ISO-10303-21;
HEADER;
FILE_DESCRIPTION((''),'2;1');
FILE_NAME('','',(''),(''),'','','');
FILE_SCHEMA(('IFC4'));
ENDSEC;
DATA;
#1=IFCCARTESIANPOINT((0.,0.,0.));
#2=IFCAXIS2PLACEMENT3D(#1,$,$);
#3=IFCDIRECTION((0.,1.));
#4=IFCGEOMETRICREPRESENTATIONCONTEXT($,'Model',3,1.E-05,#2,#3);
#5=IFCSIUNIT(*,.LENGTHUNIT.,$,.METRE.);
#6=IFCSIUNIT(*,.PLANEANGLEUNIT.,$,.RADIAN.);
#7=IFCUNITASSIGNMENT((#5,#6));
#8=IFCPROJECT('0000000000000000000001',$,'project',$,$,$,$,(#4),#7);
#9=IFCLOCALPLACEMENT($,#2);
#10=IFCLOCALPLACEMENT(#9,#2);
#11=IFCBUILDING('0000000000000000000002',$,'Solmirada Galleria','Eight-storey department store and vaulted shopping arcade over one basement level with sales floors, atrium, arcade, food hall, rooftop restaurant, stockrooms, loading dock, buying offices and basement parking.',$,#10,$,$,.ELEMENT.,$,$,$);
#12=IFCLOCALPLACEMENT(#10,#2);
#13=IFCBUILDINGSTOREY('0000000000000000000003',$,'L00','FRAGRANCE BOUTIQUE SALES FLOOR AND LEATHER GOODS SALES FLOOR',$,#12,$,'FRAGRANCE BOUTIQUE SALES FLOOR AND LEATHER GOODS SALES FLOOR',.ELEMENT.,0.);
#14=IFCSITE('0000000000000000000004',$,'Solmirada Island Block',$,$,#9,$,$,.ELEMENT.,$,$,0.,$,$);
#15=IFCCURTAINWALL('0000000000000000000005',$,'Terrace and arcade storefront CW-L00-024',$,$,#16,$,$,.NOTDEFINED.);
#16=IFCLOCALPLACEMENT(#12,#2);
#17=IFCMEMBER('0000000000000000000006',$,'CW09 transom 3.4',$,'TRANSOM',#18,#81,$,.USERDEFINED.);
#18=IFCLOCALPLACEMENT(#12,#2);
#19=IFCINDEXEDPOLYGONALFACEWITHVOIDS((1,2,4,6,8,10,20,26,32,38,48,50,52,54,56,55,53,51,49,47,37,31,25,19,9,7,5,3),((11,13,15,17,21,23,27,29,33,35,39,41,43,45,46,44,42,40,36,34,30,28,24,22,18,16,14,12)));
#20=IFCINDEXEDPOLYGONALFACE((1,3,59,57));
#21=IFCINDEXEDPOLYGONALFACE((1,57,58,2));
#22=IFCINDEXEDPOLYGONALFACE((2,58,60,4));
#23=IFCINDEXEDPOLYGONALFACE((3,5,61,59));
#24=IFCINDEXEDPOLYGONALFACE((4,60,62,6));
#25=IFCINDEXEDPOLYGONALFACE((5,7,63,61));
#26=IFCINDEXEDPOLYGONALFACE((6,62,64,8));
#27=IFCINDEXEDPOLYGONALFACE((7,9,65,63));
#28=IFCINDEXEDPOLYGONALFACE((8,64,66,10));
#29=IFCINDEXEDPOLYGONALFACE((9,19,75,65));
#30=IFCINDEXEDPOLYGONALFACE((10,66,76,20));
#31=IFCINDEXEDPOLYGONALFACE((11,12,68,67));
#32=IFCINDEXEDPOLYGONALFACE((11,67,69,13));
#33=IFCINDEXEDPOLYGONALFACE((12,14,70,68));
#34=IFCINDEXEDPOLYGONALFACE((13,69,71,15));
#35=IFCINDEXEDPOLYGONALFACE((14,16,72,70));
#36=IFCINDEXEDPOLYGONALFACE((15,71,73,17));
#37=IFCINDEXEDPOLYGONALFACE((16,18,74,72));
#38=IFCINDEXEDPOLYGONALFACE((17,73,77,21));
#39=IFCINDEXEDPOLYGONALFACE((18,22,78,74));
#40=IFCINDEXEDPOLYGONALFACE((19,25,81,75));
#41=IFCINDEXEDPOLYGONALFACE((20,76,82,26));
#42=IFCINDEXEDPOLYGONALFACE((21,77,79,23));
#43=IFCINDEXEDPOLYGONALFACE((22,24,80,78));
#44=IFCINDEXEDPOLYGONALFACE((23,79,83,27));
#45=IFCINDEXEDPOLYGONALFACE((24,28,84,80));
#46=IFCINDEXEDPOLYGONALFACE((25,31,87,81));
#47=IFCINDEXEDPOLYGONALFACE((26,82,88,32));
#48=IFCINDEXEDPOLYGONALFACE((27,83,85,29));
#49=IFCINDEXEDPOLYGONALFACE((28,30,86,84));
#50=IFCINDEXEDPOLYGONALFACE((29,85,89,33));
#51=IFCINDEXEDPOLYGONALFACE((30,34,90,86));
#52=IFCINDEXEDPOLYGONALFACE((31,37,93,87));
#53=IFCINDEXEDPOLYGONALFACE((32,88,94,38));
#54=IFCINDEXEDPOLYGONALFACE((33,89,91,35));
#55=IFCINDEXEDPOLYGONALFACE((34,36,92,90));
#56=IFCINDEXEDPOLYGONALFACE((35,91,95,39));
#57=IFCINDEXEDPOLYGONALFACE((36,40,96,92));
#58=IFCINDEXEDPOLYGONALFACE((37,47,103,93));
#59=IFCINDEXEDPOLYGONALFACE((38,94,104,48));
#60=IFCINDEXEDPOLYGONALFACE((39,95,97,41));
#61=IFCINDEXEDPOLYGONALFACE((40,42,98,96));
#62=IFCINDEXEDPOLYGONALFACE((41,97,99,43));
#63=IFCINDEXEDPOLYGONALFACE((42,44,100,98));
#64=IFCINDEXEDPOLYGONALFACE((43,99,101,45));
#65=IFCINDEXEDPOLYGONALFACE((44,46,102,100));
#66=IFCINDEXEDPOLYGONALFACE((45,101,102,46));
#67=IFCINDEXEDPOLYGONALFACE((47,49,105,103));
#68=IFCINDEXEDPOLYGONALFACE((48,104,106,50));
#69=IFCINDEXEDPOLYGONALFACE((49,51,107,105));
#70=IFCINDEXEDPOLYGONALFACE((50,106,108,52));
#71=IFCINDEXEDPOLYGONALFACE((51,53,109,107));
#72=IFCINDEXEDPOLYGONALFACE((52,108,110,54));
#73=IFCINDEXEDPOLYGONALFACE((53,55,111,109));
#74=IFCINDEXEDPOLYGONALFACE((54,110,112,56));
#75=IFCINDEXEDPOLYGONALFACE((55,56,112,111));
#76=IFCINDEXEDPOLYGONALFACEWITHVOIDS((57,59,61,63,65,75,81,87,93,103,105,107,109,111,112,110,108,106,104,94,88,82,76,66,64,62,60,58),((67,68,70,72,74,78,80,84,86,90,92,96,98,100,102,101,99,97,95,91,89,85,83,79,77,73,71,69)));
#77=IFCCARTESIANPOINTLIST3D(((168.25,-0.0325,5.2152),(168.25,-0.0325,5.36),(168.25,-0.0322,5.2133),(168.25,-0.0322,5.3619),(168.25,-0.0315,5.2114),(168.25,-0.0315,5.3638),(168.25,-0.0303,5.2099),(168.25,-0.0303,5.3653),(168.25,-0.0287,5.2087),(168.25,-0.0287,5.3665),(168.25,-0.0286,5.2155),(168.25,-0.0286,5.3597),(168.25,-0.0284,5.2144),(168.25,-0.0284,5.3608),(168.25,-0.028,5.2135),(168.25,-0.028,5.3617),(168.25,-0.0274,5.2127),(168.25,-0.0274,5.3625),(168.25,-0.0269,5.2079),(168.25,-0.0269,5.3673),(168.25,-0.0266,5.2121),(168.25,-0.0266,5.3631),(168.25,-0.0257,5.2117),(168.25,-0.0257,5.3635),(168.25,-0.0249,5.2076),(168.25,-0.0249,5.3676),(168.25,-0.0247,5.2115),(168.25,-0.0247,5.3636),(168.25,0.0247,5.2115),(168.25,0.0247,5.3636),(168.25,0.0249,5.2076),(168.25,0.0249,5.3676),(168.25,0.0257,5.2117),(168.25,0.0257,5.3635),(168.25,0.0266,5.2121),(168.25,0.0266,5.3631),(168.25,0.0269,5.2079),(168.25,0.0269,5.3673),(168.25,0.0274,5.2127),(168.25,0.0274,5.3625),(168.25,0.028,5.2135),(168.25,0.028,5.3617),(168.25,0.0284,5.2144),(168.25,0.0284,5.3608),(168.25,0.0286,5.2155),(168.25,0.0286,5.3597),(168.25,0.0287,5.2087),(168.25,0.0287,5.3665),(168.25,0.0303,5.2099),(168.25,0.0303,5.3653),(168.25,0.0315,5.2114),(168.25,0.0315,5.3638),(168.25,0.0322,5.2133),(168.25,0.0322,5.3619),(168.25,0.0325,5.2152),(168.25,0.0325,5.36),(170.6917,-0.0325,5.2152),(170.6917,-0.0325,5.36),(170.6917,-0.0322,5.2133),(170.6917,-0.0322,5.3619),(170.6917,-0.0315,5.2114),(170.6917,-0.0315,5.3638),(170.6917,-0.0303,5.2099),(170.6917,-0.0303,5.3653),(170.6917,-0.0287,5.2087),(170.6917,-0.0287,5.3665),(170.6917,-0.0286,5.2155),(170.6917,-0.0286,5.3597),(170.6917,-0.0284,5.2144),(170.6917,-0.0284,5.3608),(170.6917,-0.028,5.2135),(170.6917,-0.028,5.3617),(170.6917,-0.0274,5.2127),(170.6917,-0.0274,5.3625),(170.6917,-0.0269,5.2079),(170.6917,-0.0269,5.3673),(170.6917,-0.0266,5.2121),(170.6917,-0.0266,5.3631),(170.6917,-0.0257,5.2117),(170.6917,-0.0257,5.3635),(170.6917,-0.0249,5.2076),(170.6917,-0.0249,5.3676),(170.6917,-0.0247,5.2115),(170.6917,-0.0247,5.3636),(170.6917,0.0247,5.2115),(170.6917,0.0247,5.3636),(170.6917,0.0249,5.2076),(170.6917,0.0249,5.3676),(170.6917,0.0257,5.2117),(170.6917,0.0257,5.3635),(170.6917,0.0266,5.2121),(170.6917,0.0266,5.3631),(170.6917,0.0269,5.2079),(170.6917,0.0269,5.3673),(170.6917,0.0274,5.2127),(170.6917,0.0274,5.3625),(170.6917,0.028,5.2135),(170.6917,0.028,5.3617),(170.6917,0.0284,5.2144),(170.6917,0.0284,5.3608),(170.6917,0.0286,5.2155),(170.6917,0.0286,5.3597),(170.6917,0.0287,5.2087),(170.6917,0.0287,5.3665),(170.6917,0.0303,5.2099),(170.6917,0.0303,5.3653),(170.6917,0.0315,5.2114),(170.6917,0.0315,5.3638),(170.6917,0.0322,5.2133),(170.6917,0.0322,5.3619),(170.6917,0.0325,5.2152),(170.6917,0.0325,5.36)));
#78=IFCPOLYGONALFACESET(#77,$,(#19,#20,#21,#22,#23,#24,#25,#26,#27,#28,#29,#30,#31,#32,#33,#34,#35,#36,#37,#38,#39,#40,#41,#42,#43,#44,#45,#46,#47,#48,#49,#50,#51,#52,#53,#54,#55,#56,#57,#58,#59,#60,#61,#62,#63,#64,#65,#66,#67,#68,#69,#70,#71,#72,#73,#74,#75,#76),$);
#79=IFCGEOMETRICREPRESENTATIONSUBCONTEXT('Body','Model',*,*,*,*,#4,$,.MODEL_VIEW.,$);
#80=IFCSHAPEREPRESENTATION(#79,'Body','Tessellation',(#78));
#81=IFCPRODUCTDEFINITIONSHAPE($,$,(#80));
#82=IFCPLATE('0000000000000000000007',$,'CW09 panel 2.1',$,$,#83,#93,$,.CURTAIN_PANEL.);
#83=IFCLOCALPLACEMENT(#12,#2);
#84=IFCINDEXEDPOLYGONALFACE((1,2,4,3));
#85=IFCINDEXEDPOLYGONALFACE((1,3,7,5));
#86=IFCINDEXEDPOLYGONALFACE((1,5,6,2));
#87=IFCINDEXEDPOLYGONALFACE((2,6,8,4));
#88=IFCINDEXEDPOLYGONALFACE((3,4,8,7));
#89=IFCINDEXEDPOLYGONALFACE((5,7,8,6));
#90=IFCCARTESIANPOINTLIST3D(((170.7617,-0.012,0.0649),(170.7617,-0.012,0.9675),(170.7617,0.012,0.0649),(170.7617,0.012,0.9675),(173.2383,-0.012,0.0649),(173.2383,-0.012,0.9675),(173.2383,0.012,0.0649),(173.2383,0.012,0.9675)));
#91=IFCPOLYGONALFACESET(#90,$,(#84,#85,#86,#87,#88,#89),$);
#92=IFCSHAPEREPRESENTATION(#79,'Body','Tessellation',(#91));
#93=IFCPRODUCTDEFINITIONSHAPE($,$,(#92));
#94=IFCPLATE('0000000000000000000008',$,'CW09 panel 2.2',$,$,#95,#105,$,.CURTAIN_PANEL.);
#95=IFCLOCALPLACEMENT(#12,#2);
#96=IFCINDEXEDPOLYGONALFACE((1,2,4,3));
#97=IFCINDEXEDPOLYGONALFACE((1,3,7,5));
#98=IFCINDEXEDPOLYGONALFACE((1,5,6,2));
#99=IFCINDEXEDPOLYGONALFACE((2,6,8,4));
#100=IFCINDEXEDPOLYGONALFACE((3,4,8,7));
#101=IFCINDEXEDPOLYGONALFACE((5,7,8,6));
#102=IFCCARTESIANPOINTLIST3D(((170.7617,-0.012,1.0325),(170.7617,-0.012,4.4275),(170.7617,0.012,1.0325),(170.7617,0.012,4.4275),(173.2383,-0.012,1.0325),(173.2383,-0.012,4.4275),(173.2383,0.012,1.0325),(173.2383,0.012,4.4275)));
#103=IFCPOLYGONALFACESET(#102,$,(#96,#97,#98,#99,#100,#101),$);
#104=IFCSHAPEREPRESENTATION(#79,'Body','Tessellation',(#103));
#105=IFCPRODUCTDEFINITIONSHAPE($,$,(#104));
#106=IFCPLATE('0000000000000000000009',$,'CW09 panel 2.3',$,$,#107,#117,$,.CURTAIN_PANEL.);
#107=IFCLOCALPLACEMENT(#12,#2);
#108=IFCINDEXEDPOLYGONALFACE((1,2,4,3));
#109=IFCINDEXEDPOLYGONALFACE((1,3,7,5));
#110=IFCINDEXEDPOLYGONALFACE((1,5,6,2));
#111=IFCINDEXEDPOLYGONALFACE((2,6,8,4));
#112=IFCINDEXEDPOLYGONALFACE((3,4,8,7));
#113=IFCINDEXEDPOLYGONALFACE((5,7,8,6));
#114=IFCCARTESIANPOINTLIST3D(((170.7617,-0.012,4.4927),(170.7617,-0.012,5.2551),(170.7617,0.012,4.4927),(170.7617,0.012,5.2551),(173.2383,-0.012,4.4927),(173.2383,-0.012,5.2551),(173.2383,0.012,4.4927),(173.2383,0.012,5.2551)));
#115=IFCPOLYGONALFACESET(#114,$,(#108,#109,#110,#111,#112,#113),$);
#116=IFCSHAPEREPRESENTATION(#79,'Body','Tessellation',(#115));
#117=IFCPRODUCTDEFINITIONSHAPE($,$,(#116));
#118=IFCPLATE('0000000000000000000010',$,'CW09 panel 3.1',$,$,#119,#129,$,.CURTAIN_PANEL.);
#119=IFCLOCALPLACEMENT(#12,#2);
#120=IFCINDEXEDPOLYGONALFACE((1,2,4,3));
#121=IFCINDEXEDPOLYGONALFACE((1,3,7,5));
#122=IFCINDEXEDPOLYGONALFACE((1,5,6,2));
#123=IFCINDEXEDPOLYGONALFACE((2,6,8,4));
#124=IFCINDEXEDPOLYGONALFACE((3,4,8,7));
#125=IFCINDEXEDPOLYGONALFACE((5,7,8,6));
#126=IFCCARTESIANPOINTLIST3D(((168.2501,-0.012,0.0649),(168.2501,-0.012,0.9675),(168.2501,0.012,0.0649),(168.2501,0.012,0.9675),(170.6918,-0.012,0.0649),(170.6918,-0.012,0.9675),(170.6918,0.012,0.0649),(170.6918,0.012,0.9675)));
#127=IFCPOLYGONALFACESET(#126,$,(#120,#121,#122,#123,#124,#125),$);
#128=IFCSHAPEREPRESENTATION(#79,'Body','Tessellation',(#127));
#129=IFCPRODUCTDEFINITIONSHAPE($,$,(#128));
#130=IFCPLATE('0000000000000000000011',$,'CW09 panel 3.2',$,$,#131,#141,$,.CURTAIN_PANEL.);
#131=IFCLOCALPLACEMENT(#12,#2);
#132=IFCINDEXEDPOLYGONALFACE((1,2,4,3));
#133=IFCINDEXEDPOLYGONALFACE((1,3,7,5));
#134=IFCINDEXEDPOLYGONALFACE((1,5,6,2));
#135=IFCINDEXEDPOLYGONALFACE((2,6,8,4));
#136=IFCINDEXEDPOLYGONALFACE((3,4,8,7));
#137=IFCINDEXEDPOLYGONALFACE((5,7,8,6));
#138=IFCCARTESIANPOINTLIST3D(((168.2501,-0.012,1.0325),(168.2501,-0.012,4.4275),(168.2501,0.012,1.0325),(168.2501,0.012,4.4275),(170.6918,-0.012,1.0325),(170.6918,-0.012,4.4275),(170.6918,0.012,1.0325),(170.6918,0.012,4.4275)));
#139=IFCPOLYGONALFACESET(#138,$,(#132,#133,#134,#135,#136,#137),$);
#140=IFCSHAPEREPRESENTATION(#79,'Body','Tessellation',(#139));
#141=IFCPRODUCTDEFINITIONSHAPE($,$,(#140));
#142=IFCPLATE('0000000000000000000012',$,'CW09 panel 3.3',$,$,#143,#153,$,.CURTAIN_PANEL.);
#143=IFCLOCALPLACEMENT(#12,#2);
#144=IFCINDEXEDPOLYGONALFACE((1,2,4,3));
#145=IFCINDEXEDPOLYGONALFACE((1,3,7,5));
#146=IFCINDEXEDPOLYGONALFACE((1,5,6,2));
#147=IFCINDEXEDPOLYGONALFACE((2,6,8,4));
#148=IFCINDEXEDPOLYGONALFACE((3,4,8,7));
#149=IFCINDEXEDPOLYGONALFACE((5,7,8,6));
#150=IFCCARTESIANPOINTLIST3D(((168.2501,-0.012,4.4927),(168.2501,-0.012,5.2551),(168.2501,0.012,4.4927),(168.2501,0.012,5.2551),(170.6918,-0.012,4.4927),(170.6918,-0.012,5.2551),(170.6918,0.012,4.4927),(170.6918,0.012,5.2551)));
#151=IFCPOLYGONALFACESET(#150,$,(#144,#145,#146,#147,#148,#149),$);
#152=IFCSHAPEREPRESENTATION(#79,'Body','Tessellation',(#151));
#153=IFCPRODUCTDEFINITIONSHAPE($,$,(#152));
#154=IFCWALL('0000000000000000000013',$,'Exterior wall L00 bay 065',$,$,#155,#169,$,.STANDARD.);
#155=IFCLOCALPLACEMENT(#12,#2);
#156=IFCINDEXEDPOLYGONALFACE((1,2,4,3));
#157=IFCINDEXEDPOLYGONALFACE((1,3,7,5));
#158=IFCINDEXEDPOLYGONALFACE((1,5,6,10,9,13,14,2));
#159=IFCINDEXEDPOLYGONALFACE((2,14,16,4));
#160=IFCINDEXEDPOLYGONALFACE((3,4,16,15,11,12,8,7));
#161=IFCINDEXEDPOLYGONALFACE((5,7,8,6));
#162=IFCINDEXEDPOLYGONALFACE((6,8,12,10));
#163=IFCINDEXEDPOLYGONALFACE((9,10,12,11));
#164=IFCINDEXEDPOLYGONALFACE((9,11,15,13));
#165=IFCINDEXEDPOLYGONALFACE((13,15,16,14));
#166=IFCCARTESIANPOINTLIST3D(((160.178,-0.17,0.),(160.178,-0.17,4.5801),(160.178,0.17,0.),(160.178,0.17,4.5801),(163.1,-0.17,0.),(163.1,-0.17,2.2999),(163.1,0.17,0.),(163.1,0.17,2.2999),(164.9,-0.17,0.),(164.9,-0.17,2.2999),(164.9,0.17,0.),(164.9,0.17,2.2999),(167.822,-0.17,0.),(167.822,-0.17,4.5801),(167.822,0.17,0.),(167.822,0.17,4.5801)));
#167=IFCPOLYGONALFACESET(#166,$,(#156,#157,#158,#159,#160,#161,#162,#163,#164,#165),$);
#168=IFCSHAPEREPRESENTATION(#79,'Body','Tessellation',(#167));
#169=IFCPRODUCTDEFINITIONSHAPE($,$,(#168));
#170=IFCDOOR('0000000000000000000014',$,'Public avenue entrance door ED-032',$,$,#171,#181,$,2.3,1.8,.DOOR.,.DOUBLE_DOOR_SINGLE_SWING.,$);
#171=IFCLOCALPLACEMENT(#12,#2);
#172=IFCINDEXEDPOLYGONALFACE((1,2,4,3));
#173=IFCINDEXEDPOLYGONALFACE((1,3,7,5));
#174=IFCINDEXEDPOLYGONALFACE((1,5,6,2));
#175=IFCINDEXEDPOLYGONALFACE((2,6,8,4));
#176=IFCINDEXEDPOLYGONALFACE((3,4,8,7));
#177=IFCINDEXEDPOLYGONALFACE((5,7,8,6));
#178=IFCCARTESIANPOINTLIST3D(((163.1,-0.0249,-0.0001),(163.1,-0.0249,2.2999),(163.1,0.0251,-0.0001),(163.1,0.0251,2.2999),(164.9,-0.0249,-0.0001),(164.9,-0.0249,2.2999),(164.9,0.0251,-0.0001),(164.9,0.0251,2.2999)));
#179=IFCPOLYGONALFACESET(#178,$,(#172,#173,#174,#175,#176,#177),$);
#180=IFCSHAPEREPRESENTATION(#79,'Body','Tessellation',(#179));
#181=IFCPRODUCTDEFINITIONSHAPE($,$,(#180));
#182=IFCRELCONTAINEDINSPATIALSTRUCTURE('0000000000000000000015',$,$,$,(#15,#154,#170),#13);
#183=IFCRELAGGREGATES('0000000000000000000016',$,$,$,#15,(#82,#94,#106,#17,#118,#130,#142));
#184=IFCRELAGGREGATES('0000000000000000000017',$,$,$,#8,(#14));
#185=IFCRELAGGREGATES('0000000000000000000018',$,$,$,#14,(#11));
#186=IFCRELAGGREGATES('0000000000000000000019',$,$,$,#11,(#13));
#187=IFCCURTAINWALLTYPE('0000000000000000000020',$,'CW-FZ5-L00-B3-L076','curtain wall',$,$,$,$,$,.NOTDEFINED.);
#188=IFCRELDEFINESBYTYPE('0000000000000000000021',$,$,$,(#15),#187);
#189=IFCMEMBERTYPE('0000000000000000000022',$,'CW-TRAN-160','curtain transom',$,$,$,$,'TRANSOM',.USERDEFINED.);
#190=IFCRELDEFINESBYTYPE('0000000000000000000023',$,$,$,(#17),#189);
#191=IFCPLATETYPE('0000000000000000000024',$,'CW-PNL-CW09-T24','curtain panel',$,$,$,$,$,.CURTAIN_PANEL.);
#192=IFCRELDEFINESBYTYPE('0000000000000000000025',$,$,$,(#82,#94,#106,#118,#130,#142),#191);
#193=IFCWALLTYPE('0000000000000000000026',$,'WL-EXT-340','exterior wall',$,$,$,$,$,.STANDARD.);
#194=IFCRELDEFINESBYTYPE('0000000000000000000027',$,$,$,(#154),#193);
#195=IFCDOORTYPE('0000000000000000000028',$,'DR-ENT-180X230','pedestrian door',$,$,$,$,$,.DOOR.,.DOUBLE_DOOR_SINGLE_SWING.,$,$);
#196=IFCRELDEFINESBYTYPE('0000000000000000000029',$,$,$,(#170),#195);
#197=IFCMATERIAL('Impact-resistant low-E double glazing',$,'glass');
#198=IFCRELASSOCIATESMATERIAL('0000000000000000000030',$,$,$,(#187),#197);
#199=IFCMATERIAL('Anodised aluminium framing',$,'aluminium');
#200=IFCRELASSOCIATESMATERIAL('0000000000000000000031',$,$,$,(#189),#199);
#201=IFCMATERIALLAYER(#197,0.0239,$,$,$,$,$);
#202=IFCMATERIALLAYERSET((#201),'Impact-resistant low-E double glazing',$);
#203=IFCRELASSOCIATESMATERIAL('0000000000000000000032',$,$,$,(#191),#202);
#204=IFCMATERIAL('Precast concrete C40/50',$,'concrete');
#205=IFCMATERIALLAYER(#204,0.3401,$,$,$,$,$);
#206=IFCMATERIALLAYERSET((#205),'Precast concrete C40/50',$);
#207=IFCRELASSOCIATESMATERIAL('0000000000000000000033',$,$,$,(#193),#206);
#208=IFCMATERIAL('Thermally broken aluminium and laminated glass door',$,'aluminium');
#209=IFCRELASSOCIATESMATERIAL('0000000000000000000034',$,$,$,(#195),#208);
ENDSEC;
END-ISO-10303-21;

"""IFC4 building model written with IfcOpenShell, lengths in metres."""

from ifc_helpers import new_model, si_unit, direction, frame, frame_2d, origin, origin_2d, place, context, subcontext, project, spatial, rectangle, hollow_rectangle, extrude, material, layer, layer_set, material_profile, profile_set, type_object, element, fill, aggregate, save


model = new_model("IFC4")

# Units and contexts
model_context = context("Model", 3, precision=1e-05, world=origin(), true_north=direction((0.0, 1.0)))
body_context = subcontext(model_context, "Body", "Model", "MODEL_VIEW")
ifc_project = project(units=[si_unit("LENGTHUNIT", "METRE"), si_unit("PLANEANGLEUNIT", "RADIAN")], contexts=[model_context])

# Site, building, storey
site_placement = place(None, origin())
site = spatial("IfcSite", under=ifc_project, at=site_placement, Name="Solmirada Island Block", CompositionType="ELEMENT", RefElevation=0.0)
building_placement = place(site_placement, origin())
building = spatial("IfcBuilding", under=site, at=building_placement, Name="Solmirada Galleria", Description="Eight-storey department store and vaulted shopping arcade over one basement level with sales floors, atrium, arcade, food hall, rooftop restaurant, stockrooms, loading dock, buying offices and basement parking.", CompositionType="ELEMENT")
storey_placement = place(building_placement, origin())
storey = spatial("IfcBuildingStorey", under=building, at=storey_placement, Name="L00", Description="FRAGRANCE BOUTIQUE SALES FLOOR AND LEATHER GOODS SALES FLOOR", LongName="FRAGRANCE BOUTIQUE SALES FLOOR AND LEATHER GOODS SALES FLOOR", CompositionType="ELEMENT", Elevation=0.0)

# Curtain wall
ifc_material_1 = material(Name="Impact-resistant low-E double glazing", Category="glass")
curtain_wall_type = type_object("IfcCurtainWallType", Name="CW-FZ5-L00-B3-L076", Description="curtain wall", PredefinedType="NOTDEFINED", material=ifc_material_1)
curtain_wall_1_placement = place(storey_placement, origin())
curtain_wall_1 = element("IfcCurtainWall", 1, at=curtain_wall_1_placement, inside=storey, type_object=curtain_wall_type, Name="Terrace and arcade storefront CW-L00-024", PredefinedType="NOTDEFINED")
ifc_material_2 = material(Name="Anodised aluminium framing", Category="aluminium")

# Member
ifc_material_profile_1 = material_profile(ifc_material_2, hollow_rectangle(XDim=0.0649, YDim=0.1599, WallThickness=0.0039, InnerFilletRadius=0.0039, OuterFilletRadius=0.0076, at=origin_2d()), Name="ALU-TRAN-160X65")
ifc_profile_set_1 = profile_set([ifc_material_profile_1], Name="Anodised aluminium framing")
member_type_1 = type_object("IfcMemberType", Name="CW-TRAN-160", Description="curtain transom", ElementType="TRANSOM", PredefinedType="USERDEFINED", material=ifc_profile_set_1)
member_1_placement = place(storey_placement, frame((170.6917, 0.0, 5.2876), z_axis=(-1.0, 0.0, 0.0), x_axis=(0.0, -1.0, 0.0)))
member_1 = element("IfcMember", 2, at=member_1_placement, type_object=member_type_1, Name="CW09 transom 3.4", ObjectType="TRANSOM", PredefinedType="USERDEFINED", context=body_context, shape_type="SweptSolid", body=[
    extrude(hollow_rectangle(XDim=0.0649, YDim=0.1599, WallThickness=0.0039, InnerFilletRadius=0.0039, OuterFilletRadius=0.0076, at=origin_2d()), origin(), (0.0, 0.0, 1.0), 2.4417),
])

# Plates
ifc_layer_1 = layer(ifc_material_1, 0.0239)
ifc_layer_set_1 = layer_set([ifc_layer_1], Name="Impact-resistant low-E double glazing")
plate_type = type_object("IfcPlateType", Name="CW-PNL-CW09-T24", Description="curtain panel", PredefinedType="CURTAIN_PANEL", material=ifc_layer_set_1)
plate_1_placement = place(storey_placement, frame((172.0, 0.0, 0.0649), z_axis=(0.0, 0.0, 1.0), x_axis=(-1.0, 0.0, 0.0)))
plate_1 = element("IfcPlate", 3, at=plate_1_placement, type_object=plate_type, Name="CW09 panel 2.1", PredefinedType="CURTAIN_PANEL", context=body_context, shape_type="SweptSolid", body=[
    extrude(rectangle(XDim=2.4766, YDim=0.0239, at=origin_2d()), origin(), (0.0, 0.0, 1.0), 0.9026),
])
plate_2_placement = place(storey_placement, frame((172.0, 0.0, 1.0325), z_axis=(0.0, 0.0, 1.0), x_axis=(-1.0, 0.0, 0.0)))
plate_2 = element("IfcPlate", 4, at=plate_2_placement, type_object=plate_type, Name="CW09 panel 2.2", PredefinedType="CURTAIN_PANEL", context=body_context, shape_type="SweptSolid", body=[
    extrude(rectangle(XDim=2.4766, YDim=0.0239, at=origin_2d()), origin(), (0.0, 0.0, 1.0), 3.395),
])
plate_3_placement = place(storey_placement, frame((172.0, 0.0, 4.4927), z_axis=(0.0, 0.0, 1.0), x_axis=(-1.0, 0.0, 0.0)))
plate_3 = element("IfcPlate", 5, at=plate_3_placement, type_object=plate_type, Name="CW09 panel 2.3", PredefinedType="CURTAIN_PANEL", context=body_context, shape_type="SweptSolid", body=[
    extrude(rectangle(XDim=2.4766, YDim=0.0239, at=origin_2d()), origin(), (0.0, 0.0, 1.0), 0.7625),
])
plate_4_placement = place(storey_placement, frame((169.4709, 0.0, 0.0649), z_axis=(0.0, 0.0, 1.0), x_axis=(-1.0, 0.0, 0.0)))
plate_4 = element("IfcPlate", 6, at=plate_4_placement, type_object=plate_type, Name="CW09 panel 3.1", PredefinedType="CURTAIN_PANEL", context=body_context, shape_type="SweptSolid", body=[
    extrude(rectangle(XDim=2.4417, YDim=0.0239, at=origin_2d()), origin(), (0.0, 0.0, 1.0), 0.9026),
])
plate_5_placement = place(storey_placement, frame((169.4709, 0.0, 1.0325), z_axis=(0.0, 0.0, 1.0), x_axis=(-1.0, 0.0, 0.0)))
plate_5 = element("IfcPlate", 7, at=plate_5_placement, type_object=plate_type, Name="CW09 panel 3.2", PredefinedType="CURTAIN_PANEL", context=body_context, shape_type="SweptSolid", body=[
    extrude(rectangle(XDim=2.4417, YDim=0.0239, at=origin_2d()), origin(), (0.0, 0.0, 1.0), 3.395),
])
plate_6_placement = place(storey_placement, frame((169.4709, 0.0, 4.4927), z_axis=(0.0, 0.0, 1.0), x_axis=(-1.0, 0.0, 0.0)))
plate_6 = element("IfcPlate", 8, at=plate_6_placement, type_object=plate_type, Name="CW09 panel 3.3", PredefinedType="CURTAIN_PANEL", context=body_context, shape_type="SweptSolid", body=[
    extrude(rectangle(XDim=2.4417, YDim=0.0239, at=origin_2d()), origin(), (0.0, 0.0, 1.0), 0.7625),
])
aggregate(curtain_wall_1, [plate_1, plate_2, plate_3, member_1, plate_4, plate_5, plate_6])

# Wall, opening, door
ifc_material_3 = material(Name="Precast concrete C40/50", Category="concrete")
ifc_layer_2 = layer(ifc_material_3, 0.3401)
ifc_layer_set_2 = layer_set([ifc_layer_2], Name="Precast concrete C40/50")
wall_type = type_object("IfcWallType", Name="WL-EXT-340", Description="exterior wall", PredefinedType="STANDARD", material=ifc_layer_set_2)
wall_placement = place(storey_placement, frame((167.822, 0.0, 0.0), z_axis=(0.0, 0.0, 1.0), x_axis=(-1.0, 0.0, 0.0)))
wall = element("IfcWall", 9, at=wall_placement, inside=storey, type_object=wall_type, Name="Exterior wall L00 bay 065", PredefinedType="STANDARD", context=body_context, shape_type="SweptSolid", body=[
    extrude(rectangle(XDim=7.644, YDim=0.3401, at=frame_2d((3.822, 0.0))), origin(), (0.0, 0.0, 1.0), 4.5801),
])
opening_placement = place(wall_placement, frame((2.9221, 0.0, 0.0)))
opening = element("IfcOpeningElement", 10, at=opening_placement, cuts=wall, PredefinedType="OPENING", context=body_context, shape_type="SweptSolid", body=[
    extrude(rectangle(XDim=1.8, YDim=2.3, at=frame_2d((0.8999, 1.1499))), frame((0.0, 0.1799, 0.0), z_axis=(0.0, -1.0, 0.0), x_axis=(1.0, 0.0, 0.0)), (0.0, 0.0, 1.0), 0.3601),
])
ifc_material_4 = material(Name="Thermally broken aluminium and laminated glass door", Category="aluminium")
door_type = type_object("IfcDoorType", Name="DR-ENT-180X230", Description="pedestrian door", OperationType="DOUBLE_DOOR_SINGLE_SWING", PredefinedType="DOOR", material=ifc_material_4)
door_placement = place(opening_placement, origin())
door = element("IfcDoor", 11, at=door_placement, inside=storey, type_object=door_type, Name="Public avenue entrance door ED-032", OperationType="DOUBLE_DOOR_SINGLE_SWING", OverallHeight=2.3, OverallWidth=1.8, PredefinedType="DOOR", context=body_context, shape_type="SweptSolid", body=[
    extrude(rectangle(XDim=1.8, YDim=2.3, at=frame_2d((0.8999, 1.1499))), frame((0.0, 0.0249, 0.0), z_axis=(0.0, -1.0, 0.0), x_axis=(1.0, 0.0, 0.0)), (0.0, 0.0, 1.0), 0.05),
])
fill(opening, door)

save(model, "model.ifc")
